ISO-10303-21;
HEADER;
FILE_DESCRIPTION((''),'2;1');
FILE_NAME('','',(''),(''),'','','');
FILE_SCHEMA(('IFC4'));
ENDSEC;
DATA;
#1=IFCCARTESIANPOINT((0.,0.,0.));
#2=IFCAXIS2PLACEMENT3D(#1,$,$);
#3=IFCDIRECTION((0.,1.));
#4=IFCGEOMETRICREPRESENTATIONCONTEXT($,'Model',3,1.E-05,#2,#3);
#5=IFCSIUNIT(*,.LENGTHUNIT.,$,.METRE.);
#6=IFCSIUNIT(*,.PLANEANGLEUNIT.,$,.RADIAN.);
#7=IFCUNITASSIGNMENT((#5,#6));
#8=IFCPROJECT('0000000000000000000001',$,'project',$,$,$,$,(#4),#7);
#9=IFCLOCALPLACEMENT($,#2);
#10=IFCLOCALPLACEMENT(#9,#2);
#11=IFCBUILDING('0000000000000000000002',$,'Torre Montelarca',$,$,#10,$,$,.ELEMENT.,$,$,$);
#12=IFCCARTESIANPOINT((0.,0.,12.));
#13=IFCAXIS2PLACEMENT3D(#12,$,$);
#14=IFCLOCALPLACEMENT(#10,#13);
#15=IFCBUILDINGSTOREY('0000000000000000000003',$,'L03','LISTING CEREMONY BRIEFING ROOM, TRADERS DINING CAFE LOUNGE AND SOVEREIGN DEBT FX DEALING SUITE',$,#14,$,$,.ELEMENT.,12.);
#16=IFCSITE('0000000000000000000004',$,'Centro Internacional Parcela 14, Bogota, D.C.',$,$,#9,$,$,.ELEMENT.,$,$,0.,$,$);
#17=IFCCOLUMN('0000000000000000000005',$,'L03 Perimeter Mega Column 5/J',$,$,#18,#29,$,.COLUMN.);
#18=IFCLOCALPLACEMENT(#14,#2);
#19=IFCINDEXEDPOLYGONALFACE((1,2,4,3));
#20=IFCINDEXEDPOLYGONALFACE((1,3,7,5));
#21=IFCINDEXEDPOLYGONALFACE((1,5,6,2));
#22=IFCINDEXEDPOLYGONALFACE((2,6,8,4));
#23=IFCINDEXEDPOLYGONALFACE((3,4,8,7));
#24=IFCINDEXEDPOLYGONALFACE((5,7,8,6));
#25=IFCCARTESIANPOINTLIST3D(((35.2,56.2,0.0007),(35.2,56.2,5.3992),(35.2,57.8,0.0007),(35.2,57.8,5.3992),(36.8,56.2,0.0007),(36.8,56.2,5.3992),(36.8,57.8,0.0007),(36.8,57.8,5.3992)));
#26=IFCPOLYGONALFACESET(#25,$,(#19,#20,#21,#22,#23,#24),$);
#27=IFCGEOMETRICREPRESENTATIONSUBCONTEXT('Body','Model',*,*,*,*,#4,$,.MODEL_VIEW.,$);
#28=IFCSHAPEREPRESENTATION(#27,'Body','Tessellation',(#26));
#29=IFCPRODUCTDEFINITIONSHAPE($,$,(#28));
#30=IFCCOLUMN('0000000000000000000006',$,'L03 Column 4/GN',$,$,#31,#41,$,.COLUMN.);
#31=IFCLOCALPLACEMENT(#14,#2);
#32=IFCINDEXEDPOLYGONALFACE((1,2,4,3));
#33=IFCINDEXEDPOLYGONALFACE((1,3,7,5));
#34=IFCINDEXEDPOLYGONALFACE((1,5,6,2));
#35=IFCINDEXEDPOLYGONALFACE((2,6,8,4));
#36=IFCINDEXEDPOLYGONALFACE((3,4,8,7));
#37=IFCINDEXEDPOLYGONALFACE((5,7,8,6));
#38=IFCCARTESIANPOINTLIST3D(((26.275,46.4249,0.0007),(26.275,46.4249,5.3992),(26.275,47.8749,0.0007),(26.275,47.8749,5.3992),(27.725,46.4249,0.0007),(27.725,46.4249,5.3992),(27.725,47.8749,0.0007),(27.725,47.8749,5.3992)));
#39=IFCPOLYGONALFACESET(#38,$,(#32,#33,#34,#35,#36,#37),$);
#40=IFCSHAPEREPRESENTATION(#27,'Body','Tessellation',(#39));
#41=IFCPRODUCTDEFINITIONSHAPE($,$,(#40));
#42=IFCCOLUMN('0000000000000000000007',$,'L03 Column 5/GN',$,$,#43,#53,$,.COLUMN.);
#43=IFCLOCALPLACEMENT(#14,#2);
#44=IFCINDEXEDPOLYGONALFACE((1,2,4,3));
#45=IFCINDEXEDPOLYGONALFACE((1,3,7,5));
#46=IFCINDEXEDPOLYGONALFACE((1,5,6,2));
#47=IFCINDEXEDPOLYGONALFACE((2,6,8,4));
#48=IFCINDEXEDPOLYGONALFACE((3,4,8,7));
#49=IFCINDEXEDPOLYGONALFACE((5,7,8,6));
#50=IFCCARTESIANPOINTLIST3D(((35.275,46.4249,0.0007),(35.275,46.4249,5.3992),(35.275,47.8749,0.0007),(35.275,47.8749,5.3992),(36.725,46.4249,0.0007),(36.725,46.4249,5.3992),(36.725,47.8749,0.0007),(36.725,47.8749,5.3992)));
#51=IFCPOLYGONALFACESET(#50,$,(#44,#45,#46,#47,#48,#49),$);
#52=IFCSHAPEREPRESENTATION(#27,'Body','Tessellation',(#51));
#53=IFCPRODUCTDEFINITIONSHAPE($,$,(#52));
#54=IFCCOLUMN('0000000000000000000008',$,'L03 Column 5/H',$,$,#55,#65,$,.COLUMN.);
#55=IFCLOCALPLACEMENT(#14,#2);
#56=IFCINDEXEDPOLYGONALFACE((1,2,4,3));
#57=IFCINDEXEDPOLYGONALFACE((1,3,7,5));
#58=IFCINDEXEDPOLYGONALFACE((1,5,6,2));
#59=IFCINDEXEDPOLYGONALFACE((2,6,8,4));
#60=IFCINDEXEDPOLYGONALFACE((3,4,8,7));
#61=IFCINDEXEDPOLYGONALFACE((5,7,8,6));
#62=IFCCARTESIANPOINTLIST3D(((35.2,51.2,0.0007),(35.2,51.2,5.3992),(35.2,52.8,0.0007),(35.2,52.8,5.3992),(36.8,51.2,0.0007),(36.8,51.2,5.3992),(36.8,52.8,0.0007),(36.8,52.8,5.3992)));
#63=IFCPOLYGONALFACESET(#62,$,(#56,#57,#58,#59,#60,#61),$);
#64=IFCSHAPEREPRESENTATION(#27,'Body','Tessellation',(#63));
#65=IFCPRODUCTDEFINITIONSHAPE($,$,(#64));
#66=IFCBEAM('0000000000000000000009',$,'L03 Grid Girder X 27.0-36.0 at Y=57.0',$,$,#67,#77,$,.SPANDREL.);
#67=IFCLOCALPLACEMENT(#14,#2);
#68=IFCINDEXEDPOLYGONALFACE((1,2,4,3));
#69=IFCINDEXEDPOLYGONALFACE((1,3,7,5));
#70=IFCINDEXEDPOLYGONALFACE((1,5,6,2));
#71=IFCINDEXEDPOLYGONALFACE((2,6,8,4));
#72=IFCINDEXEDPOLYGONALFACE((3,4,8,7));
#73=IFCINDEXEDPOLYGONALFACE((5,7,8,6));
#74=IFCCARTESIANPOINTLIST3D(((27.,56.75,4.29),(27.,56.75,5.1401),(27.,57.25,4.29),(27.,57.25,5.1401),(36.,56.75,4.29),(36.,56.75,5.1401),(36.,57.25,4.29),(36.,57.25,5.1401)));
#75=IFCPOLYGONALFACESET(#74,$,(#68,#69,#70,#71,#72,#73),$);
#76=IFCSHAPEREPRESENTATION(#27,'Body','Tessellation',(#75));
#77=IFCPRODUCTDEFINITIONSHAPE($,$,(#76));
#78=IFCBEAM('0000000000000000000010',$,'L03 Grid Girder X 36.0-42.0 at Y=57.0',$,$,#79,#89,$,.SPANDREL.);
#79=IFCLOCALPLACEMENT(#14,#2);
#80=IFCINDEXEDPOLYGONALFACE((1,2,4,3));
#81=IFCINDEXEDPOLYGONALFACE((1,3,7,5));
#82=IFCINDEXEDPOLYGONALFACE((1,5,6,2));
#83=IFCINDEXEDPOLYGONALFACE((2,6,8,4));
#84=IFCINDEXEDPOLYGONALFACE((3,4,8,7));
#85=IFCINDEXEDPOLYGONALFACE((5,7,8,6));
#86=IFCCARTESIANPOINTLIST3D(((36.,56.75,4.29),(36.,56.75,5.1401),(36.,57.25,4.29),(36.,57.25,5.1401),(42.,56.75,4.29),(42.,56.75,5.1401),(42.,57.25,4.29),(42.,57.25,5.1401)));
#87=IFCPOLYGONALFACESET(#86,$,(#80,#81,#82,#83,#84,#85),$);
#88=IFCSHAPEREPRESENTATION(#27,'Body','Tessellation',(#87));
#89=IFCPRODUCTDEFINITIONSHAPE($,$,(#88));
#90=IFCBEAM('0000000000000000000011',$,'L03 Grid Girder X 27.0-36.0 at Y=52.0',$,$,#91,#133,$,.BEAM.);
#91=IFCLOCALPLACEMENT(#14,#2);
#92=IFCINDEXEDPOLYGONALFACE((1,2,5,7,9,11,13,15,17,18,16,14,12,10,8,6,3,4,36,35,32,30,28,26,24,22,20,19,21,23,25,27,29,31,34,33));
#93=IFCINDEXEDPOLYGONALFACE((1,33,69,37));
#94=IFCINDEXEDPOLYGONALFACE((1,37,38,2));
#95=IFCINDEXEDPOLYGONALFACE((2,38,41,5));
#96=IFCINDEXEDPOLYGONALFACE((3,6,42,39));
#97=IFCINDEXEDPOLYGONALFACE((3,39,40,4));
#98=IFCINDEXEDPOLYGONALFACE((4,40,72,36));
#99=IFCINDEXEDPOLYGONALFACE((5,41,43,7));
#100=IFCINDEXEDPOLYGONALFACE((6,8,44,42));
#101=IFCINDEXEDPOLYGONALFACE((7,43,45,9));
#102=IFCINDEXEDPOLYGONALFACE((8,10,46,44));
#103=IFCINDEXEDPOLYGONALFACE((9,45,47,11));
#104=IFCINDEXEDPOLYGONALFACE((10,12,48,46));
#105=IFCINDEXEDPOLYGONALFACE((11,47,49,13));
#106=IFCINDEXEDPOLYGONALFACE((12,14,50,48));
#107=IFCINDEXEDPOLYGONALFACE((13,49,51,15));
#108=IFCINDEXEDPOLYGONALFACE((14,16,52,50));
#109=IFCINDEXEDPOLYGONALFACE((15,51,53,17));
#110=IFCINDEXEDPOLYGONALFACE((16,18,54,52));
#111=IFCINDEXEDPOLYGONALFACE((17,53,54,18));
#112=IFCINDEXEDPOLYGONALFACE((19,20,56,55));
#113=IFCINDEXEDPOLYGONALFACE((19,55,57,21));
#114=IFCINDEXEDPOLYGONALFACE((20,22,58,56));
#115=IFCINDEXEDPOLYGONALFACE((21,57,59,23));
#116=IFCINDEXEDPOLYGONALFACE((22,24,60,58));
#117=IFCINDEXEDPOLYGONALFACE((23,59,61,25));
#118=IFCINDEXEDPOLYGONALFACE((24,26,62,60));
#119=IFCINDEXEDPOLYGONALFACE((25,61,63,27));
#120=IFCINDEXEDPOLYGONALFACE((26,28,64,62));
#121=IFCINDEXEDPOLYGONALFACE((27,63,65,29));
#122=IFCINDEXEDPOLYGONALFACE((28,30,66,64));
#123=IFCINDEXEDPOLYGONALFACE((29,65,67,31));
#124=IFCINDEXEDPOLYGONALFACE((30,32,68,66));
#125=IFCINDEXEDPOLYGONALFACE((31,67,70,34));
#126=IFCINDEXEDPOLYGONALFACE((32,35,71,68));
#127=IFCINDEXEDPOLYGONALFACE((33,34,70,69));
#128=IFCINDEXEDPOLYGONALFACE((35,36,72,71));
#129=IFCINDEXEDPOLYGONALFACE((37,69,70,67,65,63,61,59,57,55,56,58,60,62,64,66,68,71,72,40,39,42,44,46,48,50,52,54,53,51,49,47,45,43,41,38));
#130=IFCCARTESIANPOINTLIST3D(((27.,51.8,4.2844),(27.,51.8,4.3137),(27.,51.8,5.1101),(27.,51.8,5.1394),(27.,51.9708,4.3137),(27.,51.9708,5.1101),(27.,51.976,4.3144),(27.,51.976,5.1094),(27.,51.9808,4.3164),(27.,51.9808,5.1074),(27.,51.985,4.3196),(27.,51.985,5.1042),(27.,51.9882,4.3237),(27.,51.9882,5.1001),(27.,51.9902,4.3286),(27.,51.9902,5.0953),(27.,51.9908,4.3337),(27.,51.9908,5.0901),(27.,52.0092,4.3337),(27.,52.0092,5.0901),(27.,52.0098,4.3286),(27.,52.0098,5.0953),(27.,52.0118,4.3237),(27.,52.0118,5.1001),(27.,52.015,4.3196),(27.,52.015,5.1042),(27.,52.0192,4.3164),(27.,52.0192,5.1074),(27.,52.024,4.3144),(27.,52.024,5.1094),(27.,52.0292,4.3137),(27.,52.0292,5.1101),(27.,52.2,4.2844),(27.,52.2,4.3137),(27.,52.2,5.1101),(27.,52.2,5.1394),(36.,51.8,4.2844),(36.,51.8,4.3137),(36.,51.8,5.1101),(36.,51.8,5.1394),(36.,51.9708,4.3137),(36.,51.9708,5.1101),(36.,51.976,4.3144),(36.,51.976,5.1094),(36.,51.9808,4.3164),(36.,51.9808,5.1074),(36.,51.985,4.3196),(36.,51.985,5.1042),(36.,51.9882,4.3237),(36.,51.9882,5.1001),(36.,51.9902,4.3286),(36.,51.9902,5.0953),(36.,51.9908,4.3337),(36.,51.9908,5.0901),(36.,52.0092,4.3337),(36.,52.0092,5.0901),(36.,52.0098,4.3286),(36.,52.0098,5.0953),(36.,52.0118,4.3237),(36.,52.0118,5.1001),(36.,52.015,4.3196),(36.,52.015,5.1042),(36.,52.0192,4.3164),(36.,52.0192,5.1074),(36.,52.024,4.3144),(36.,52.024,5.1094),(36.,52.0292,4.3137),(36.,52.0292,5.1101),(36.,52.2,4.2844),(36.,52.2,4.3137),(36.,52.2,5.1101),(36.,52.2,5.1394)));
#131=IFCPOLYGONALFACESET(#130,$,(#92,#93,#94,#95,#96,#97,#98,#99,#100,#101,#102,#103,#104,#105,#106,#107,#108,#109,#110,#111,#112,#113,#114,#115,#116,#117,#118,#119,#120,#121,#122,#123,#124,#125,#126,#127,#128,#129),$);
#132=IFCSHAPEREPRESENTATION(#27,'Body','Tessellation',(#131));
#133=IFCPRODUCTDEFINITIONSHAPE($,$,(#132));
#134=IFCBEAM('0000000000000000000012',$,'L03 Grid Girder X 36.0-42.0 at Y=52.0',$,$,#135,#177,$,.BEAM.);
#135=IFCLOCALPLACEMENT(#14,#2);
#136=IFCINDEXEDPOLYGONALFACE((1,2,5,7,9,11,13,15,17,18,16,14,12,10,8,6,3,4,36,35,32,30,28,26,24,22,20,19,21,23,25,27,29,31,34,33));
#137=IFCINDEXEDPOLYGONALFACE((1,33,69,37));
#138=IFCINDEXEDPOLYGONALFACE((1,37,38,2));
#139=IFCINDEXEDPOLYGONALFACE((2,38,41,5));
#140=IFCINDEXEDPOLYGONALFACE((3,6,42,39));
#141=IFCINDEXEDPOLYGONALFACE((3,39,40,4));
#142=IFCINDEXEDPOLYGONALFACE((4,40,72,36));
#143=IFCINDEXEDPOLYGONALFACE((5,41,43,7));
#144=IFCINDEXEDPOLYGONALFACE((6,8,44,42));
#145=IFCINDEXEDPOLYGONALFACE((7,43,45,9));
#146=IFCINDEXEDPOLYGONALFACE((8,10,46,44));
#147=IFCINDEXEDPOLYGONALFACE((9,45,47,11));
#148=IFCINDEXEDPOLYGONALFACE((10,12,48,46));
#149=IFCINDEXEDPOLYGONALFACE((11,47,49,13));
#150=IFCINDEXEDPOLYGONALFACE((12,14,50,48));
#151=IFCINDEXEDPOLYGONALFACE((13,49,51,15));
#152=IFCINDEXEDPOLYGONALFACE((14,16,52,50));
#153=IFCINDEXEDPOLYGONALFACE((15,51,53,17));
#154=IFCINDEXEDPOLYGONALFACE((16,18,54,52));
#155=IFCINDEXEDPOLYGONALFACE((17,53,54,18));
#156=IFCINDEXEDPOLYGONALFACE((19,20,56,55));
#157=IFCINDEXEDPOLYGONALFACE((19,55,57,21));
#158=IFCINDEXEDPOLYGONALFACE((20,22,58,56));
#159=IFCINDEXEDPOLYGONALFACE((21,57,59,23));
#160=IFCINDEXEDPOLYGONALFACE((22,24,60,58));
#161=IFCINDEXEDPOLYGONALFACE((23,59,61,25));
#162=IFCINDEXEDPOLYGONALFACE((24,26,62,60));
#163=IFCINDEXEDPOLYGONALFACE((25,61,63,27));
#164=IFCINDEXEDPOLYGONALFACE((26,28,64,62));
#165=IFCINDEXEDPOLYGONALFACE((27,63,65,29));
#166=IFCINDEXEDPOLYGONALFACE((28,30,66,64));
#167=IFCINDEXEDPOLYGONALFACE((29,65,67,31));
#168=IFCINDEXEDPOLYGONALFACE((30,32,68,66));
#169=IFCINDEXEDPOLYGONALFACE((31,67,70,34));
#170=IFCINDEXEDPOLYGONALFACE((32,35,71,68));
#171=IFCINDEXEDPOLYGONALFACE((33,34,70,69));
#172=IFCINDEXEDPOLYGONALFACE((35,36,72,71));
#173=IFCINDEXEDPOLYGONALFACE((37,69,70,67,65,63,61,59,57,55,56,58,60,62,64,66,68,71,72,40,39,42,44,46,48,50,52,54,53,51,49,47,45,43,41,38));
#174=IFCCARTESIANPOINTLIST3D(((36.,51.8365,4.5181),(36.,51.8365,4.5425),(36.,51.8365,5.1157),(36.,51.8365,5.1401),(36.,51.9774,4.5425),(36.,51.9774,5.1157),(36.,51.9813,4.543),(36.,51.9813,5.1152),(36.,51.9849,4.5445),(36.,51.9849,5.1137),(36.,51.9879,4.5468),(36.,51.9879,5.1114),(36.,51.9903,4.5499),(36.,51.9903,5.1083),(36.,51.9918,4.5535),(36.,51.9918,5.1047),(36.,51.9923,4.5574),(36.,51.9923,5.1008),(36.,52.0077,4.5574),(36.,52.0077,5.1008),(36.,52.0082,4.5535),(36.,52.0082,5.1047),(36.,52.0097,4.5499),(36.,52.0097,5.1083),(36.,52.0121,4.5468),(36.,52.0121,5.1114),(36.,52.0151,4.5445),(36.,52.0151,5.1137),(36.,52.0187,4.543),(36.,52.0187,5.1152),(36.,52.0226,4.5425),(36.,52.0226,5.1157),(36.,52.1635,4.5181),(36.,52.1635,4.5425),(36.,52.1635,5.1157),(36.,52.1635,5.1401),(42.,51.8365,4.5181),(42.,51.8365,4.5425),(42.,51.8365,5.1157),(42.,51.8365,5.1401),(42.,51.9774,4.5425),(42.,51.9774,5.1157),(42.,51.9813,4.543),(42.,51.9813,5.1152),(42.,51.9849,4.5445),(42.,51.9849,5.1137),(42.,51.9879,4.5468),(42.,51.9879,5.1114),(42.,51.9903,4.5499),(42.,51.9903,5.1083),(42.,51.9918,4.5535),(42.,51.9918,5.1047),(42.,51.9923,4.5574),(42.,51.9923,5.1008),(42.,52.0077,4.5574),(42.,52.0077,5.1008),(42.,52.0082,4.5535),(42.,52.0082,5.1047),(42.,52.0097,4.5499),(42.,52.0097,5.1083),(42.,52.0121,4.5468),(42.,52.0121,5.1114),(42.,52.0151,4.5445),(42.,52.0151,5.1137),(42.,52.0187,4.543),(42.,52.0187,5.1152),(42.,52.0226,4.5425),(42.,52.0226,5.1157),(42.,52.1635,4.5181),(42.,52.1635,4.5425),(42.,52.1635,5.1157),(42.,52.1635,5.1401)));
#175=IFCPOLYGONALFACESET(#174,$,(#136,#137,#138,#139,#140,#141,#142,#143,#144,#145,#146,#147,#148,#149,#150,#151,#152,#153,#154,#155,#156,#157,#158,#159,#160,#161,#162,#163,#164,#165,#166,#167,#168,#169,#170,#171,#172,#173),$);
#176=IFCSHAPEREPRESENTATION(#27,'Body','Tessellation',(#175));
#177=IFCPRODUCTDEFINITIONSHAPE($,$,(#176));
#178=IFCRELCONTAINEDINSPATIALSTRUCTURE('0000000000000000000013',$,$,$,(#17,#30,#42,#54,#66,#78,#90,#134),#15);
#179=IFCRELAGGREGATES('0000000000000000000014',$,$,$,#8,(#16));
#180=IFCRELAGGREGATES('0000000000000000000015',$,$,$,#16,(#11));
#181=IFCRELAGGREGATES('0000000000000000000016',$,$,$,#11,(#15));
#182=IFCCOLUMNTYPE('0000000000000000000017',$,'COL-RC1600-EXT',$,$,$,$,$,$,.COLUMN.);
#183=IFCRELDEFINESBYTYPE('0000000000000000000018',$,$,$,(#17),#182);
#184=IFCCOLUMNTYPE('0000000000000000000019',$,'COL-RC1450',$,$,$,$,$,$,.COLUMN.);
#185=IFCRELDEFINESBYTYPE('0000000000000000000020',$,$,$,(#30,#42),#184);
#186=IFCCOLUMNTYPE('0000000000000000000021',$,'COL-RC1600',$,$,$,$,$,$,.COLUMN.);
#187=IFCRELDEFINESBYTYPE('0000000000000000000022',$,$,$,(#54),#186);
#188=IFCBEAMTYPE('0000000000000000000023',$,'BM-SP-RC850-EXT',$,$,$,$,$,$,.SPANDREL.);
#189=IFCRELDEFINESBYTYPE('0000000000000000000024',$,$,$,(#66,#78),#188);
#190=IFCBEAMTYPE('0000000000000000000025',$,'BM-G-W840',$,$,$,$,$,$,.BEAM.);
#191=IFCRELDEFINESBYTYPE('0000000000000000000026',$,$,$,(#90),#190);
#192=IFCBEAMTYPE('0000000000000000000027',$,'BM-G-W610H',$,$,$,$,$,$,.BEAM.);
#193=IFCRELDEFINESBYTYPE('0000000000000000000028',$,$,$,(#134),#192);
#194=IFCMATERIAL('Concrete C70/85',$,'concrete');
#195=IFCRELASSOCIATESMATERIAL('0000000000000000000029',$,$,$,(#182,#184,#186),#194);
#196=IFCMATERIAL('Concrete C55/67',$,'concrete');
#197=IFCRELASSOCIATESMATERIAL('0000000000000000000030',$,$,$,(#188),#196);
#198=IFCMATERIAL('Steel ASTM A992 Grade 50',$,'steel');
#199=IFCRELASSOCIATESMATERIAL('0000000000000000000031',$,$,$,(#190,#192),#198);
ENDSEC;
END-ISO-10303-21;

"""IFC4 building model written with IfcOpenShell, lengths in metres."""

from ifc_helpers import new_model, si_unit, direction, frame, origin, origin_2d, place, context, subcontext, project, spatial, rectangle, i_section, extrude, source, transform, mapped, material, material_profile, profile_set, type_object, element, save


model = new_model("IFC4")

# Units and contexts
model_context = context("Model", 3, precision=1e-05, world=origin(), true_north=direction((0.0, 1.0)))
body_context = subcontext(model_context, "Body", "Model", "MODEL_VIEW")
ifc_project = project(units=[si_unit("LENGTHUNIT", "METRE"), si_unit("PLANEANGLEUNIT", "RADIAN")], contexts=[model_context])

# Site, building, storey
site_placement = place(None, origin())
site = spatial("IfcSite", under=ifc_project, at=site_placement, Name="Centro Internacional Parcela 14, Bogota, D.C.", CompositionType="ELEMENT", RefElevation=0.0)
building_placement = place(site_placement, origin())
building = spatial("IfcBuilding", under=site, at=building_placement, Name="Torre Montelarca", CompositionType="ELEMENT")
storey_placement = place(building_placement, frame((0.0, 0.0, 12.0)))
storey = spatial("IfcBuildingStorey", under=building, at=storey_placement, Name="L03", Description="LISTING CEREMONY BRIEFING ROOM, TRADERS DINING CAFE LOUNGE AND SOVEREIGN DEBT FX DEALING SUITE", CompositionType="ELEMENT", Elevation=12.0)

# Columns
ifc_material_1 = material(Name="Concrete C70/85", Category="concrete")
ifc_material_profile_1 = material_profile(ifc_material_1, rectangle(XDim=1.6001, YDim=1.6001, at=origin_2d()), Name="RC1600X1600", Category="concrete")
ifc_profile_set_1 = profile_set([ifc_material_profile_1], Name="Concrete C70/85")
column_type_1 = type_object("IfcColumnType", Name="COL-RC1600-EXT", PredefinedType="COLUMN", material=ifc_profile_set_1)
shared_shape_1 = source(origin(), body_context, "Body", "SweptSolid", [
    extrude(rectangle(XDim=1.6001, YDim=1.6001, at=origin_2d()), origin(), (0.0, 0.0, 1.0), 5.3984),
])
column_1_placement = place(storey_placement, frame((36.0, 57.0, 0.0007), z_axis=(0.0, 0.0, 1.0), x_axis=(1.0, 0.0, 0.0)))
element("IfcColumn", 1, at=column_1_placement, inside=storey, type_object=column_type_1, Name="L03 Perimeter Mega Column 5/J", PredefinedType="COLUMN", context=body_context, shape_type="MappedRepresentation", body=[
    mapped(shared_shape_1, transform((0.0, 0.0, 0.0), scale=1.0)),
])
ifc_material_profile_2 = material_profile(ifc_material_1, rectangle(XDim=1.45, YDim=1.45, at=origin_2d()), Name="RC1450X1450", Category="concrete")
ifc_profile_set_2 = profile_set([ifc_material_profile_2], Name="Concrete C70/85")
column_type_2 = type_object("IfcColumnType", Name="COL-RC1450", PredefinedType="COLUMN", material=ifc_profile_set_2)
shared_shape_2 = source(origin(), body_context, "Body", "SweptSolid", [
    extrude(rectangle(XDim=1.45, YDim=1.45, at=origin_2d()), origin(), (0.0, 0.0, 1.0), 5.3984),
])
for number, where, z_axis, x_axis, name in (
    (2, (27.0, 47.1499, 0.0007), (0.0, 0.0, 1.0), (1.0, 0.0, 0.0), "L03 Column 4/GN"),
    (3, (36.0, 47.1499, 0.0007), (0.0, 0.0, 1.0), (1.0, 0.0, 0.0), "L03 Column 5/GN"),
):
    element("IfcColumn", number, at=place(storey_placement, frame(where, z_axis=z_axis, x_axis=x_axis)), inside=storey, type_object=column_type_2, Name=name, PredefinedType="COLUMN", context=body_context, shape_type="MappedRepresentation", body=[
        mapped(shared_shape_2, transform((0.0, 0.0, 0.0), scale=1.0)),
    ])
ifc_material_profile_3 = material_profile(ifc_material_1, rectangle(XDim=1.6001, YDim=1.6001, at=origin_2d()), Name="RC1600X1600", Category="concrete")
ifc_profile_set_3 = profile_set([ifc_material_profile_3], Name="Concrete C70/85")
column_type_3 = type_object("IfcColumnType", Name="COL-RC1600", PredefinedType="COLUMN", material=ifc_profile_set_3)
shared_shape_3 = source(origin(), body_context, "Body", "SweptSolid", [
    extrude(rectangle(XDim=1.6001, YDim=1.6001, at=origin_2d()), origin(), (0.0, 0.0, 1.0), 5.3984),
])
column_2_placement = place(storey_placement, frame((36.0, 52.0, 0.0007), z_axis=(0.0, 0.0, 1.0), x_axis=(1.0, 0.0, 0.0)))
element("IfcColumn", 4, at=column_2_placement, inside=storey, type_object=column_type_3, Name="L03 Column 5/H", PredefinedType="COLUMN", context=body_context, shape_type="MappedRepresentation", body=[
    mapped(shared_shape_3, transform((0.0, 0.0, 0.0), scale=1.0)),
])

# Beams
ifc_material_2 = material(Name="Concrete C55/67", Category="concrete")
ifc_material_profile_4 = material_profile(ifc_material_2, rectangle(XDim=0.5, YDim=0.8501, at=origin_2d()), Name="RCB500X850", Category="concrete")
ifc_profile_set_4 = profile_set([ifc_material_profile_4], Name="Concrete C55/67")
beam_type_1 = type_object("IfcBeamType", Name="BM-SP-RC850-EXT", PredefinedType="SPANDREL", material=ifc_profile_set_4)
shared_shape_4 = source(origin(), body_context, "Body", "SweptSolid", [
    extrude(rectangle(XDim=0.5, YDim=0.8501, at=origin_2d()), origin(), (0.0, 0.0, 1.0), 9.0),
])
beam_1_placement = place(storey_placement, frame((27.0, 57.0, 4.7151), z_axis=(1.0, 0.0, 0.0), x_axis=(0.0, 1.0, 0.0)))
element("IfcBeam", 5, at=beam_1_placement, inside=storey, type_object=beam_type_1, Name="L03 Grid Girder X 27.0-36.0 at Y=57.0", PredefinedType="SPANDREL", context=body_context, shape_type="MappedRepresentation", body=[
    mapped(shared_shape_4, transform((0.0, 0.0, 0.0), scale=1.0)),
])
shared_shape_5 = source(origin(), body_context, "Body", "SweptSolid", [
    extrude(rectangle(XDim=0.5, YDim=0.8501, at=origin_2d()), origin(), (0.0, 0.0, 1.0), 6.0),
])
beam_2_placement = place(storey_placement, frame((36.0, 57.0, 4.7151), z_axis=(1.0, 0.0, 0.0), x_axis=(0.0, 1.0, 0.0)))
element("IfcBeam", 6, at=beam_2_placement, inside=storey, type_object=beam_type_1, Name="L03 Grid Girder X 36.0-42.0 at Y=57.0", PredefinedType="SPANDREL", context=body_context, shape_type="MappedRepresentation", body=[
    mapped(shared_shape_5, transform((0.0, 0.0, 0.0), scale=1.0)),
])
ifc_material_3 = material(Name="Steel ASTM A992 Grade 50", Category="steel")
ifc_material_profile_5 = material_profile(ifc_material_3, i_section(OverallWidth=0.3999, OverallDepth=0.855, WebThickness=0.0183, FlangeThickness=0.0293, FilletRadius=0.02, at=origin_2d()), Name="W840X299", Category="steel")
ifc_profile_set_5 = profile_set([ifc_material_profile_5], Name="Steel ASTM A992 Grade 50")
beam_type_2 = type_object("IfcBeamType", Name="BM-G-W840", PredefinedType="BEAM", material=ifc_profile_set_5)
shared_shape_6 = source(origin(), body_context, "Body", "SweptSolid", [
    extrude(i_section(OverallWidth=0.3999, OverallDepth=0.855, WebThickness=0.0183, FlangeThickness=0.0293, FilletRadius=0.02, at=origin_2d()), origin(), (0.0, 0.0, 1.0), 9.0),
])
beam_3_placement = place(storey_placement, frame((27.0, 52.0, 4.7119), z_axis=(1.0, 0.0, 0.0), x_axis=(0.0, 1.0, 0.0)))
element("IfcBeam", 7, at=beam_3_placement, inside=storey, type_object=beam_type_2, Name="L03 Grid Girder X 27.0-36.0 at Y=52.0", PredefinedType="BEAM", context=body_context, shape_type="MappedRepresentation", body=[
    mapped(shared_shape_6, transform((0.0, 0.0, 0.0), scale=1.0)),
])
ifc_material_profile_6 = material_profile(ifc_material_3, i_section(OverallWidth=0.3269, OverallDepth=0.6221, WebThickness=0.0154, FlangeThickness=0.0244, FilletRadius=0.0149, at=origin_2d()), Name="W610X195", Category="steel")
ifc_profile_set_6 = profile_set([ifc_material_profile_6], Name="Steel ASTM A992 Grade 50")
beam_type_3 = type_object("IfcBeamType", Name="BM-G-W610H", PredefinedType="BEAM", material=ifc_profile_set_6)
shared_shape_7 = source(origin(), body_context, "Body", "SweptSolid", [
    extrude(i_section(OverallWidth=0.3269, OverallDepth=0.6221, WebThickness=0.0154, FlangeThickness=0.0244, FilletRadius=0.0149, at=origin_2d()), origin(), (0.0, 0.0, 1.0), 6.0),
])
beam_4_placement = place(storey_placement, frame((36.0, 52.0, 4.8291), z_axis=(1.0, 0.0, 0.0), x_axis=(0.0, 1.0, 0.0)))
element("IfcBeam", 8, at=beam_4_placement, inside=storey, type_object=beam_type_3, Name="L03 Grid Girder X 36.0-42.0 at Y=52.0", PredefinedType="BEAM", context=body_context, shape_type="MappedRepresentation", body=[
    mapped(shared_shape_7, transform((0.0, 0.0, 0.0), scale=1.0)),
])

save(model, "model.ifc")
